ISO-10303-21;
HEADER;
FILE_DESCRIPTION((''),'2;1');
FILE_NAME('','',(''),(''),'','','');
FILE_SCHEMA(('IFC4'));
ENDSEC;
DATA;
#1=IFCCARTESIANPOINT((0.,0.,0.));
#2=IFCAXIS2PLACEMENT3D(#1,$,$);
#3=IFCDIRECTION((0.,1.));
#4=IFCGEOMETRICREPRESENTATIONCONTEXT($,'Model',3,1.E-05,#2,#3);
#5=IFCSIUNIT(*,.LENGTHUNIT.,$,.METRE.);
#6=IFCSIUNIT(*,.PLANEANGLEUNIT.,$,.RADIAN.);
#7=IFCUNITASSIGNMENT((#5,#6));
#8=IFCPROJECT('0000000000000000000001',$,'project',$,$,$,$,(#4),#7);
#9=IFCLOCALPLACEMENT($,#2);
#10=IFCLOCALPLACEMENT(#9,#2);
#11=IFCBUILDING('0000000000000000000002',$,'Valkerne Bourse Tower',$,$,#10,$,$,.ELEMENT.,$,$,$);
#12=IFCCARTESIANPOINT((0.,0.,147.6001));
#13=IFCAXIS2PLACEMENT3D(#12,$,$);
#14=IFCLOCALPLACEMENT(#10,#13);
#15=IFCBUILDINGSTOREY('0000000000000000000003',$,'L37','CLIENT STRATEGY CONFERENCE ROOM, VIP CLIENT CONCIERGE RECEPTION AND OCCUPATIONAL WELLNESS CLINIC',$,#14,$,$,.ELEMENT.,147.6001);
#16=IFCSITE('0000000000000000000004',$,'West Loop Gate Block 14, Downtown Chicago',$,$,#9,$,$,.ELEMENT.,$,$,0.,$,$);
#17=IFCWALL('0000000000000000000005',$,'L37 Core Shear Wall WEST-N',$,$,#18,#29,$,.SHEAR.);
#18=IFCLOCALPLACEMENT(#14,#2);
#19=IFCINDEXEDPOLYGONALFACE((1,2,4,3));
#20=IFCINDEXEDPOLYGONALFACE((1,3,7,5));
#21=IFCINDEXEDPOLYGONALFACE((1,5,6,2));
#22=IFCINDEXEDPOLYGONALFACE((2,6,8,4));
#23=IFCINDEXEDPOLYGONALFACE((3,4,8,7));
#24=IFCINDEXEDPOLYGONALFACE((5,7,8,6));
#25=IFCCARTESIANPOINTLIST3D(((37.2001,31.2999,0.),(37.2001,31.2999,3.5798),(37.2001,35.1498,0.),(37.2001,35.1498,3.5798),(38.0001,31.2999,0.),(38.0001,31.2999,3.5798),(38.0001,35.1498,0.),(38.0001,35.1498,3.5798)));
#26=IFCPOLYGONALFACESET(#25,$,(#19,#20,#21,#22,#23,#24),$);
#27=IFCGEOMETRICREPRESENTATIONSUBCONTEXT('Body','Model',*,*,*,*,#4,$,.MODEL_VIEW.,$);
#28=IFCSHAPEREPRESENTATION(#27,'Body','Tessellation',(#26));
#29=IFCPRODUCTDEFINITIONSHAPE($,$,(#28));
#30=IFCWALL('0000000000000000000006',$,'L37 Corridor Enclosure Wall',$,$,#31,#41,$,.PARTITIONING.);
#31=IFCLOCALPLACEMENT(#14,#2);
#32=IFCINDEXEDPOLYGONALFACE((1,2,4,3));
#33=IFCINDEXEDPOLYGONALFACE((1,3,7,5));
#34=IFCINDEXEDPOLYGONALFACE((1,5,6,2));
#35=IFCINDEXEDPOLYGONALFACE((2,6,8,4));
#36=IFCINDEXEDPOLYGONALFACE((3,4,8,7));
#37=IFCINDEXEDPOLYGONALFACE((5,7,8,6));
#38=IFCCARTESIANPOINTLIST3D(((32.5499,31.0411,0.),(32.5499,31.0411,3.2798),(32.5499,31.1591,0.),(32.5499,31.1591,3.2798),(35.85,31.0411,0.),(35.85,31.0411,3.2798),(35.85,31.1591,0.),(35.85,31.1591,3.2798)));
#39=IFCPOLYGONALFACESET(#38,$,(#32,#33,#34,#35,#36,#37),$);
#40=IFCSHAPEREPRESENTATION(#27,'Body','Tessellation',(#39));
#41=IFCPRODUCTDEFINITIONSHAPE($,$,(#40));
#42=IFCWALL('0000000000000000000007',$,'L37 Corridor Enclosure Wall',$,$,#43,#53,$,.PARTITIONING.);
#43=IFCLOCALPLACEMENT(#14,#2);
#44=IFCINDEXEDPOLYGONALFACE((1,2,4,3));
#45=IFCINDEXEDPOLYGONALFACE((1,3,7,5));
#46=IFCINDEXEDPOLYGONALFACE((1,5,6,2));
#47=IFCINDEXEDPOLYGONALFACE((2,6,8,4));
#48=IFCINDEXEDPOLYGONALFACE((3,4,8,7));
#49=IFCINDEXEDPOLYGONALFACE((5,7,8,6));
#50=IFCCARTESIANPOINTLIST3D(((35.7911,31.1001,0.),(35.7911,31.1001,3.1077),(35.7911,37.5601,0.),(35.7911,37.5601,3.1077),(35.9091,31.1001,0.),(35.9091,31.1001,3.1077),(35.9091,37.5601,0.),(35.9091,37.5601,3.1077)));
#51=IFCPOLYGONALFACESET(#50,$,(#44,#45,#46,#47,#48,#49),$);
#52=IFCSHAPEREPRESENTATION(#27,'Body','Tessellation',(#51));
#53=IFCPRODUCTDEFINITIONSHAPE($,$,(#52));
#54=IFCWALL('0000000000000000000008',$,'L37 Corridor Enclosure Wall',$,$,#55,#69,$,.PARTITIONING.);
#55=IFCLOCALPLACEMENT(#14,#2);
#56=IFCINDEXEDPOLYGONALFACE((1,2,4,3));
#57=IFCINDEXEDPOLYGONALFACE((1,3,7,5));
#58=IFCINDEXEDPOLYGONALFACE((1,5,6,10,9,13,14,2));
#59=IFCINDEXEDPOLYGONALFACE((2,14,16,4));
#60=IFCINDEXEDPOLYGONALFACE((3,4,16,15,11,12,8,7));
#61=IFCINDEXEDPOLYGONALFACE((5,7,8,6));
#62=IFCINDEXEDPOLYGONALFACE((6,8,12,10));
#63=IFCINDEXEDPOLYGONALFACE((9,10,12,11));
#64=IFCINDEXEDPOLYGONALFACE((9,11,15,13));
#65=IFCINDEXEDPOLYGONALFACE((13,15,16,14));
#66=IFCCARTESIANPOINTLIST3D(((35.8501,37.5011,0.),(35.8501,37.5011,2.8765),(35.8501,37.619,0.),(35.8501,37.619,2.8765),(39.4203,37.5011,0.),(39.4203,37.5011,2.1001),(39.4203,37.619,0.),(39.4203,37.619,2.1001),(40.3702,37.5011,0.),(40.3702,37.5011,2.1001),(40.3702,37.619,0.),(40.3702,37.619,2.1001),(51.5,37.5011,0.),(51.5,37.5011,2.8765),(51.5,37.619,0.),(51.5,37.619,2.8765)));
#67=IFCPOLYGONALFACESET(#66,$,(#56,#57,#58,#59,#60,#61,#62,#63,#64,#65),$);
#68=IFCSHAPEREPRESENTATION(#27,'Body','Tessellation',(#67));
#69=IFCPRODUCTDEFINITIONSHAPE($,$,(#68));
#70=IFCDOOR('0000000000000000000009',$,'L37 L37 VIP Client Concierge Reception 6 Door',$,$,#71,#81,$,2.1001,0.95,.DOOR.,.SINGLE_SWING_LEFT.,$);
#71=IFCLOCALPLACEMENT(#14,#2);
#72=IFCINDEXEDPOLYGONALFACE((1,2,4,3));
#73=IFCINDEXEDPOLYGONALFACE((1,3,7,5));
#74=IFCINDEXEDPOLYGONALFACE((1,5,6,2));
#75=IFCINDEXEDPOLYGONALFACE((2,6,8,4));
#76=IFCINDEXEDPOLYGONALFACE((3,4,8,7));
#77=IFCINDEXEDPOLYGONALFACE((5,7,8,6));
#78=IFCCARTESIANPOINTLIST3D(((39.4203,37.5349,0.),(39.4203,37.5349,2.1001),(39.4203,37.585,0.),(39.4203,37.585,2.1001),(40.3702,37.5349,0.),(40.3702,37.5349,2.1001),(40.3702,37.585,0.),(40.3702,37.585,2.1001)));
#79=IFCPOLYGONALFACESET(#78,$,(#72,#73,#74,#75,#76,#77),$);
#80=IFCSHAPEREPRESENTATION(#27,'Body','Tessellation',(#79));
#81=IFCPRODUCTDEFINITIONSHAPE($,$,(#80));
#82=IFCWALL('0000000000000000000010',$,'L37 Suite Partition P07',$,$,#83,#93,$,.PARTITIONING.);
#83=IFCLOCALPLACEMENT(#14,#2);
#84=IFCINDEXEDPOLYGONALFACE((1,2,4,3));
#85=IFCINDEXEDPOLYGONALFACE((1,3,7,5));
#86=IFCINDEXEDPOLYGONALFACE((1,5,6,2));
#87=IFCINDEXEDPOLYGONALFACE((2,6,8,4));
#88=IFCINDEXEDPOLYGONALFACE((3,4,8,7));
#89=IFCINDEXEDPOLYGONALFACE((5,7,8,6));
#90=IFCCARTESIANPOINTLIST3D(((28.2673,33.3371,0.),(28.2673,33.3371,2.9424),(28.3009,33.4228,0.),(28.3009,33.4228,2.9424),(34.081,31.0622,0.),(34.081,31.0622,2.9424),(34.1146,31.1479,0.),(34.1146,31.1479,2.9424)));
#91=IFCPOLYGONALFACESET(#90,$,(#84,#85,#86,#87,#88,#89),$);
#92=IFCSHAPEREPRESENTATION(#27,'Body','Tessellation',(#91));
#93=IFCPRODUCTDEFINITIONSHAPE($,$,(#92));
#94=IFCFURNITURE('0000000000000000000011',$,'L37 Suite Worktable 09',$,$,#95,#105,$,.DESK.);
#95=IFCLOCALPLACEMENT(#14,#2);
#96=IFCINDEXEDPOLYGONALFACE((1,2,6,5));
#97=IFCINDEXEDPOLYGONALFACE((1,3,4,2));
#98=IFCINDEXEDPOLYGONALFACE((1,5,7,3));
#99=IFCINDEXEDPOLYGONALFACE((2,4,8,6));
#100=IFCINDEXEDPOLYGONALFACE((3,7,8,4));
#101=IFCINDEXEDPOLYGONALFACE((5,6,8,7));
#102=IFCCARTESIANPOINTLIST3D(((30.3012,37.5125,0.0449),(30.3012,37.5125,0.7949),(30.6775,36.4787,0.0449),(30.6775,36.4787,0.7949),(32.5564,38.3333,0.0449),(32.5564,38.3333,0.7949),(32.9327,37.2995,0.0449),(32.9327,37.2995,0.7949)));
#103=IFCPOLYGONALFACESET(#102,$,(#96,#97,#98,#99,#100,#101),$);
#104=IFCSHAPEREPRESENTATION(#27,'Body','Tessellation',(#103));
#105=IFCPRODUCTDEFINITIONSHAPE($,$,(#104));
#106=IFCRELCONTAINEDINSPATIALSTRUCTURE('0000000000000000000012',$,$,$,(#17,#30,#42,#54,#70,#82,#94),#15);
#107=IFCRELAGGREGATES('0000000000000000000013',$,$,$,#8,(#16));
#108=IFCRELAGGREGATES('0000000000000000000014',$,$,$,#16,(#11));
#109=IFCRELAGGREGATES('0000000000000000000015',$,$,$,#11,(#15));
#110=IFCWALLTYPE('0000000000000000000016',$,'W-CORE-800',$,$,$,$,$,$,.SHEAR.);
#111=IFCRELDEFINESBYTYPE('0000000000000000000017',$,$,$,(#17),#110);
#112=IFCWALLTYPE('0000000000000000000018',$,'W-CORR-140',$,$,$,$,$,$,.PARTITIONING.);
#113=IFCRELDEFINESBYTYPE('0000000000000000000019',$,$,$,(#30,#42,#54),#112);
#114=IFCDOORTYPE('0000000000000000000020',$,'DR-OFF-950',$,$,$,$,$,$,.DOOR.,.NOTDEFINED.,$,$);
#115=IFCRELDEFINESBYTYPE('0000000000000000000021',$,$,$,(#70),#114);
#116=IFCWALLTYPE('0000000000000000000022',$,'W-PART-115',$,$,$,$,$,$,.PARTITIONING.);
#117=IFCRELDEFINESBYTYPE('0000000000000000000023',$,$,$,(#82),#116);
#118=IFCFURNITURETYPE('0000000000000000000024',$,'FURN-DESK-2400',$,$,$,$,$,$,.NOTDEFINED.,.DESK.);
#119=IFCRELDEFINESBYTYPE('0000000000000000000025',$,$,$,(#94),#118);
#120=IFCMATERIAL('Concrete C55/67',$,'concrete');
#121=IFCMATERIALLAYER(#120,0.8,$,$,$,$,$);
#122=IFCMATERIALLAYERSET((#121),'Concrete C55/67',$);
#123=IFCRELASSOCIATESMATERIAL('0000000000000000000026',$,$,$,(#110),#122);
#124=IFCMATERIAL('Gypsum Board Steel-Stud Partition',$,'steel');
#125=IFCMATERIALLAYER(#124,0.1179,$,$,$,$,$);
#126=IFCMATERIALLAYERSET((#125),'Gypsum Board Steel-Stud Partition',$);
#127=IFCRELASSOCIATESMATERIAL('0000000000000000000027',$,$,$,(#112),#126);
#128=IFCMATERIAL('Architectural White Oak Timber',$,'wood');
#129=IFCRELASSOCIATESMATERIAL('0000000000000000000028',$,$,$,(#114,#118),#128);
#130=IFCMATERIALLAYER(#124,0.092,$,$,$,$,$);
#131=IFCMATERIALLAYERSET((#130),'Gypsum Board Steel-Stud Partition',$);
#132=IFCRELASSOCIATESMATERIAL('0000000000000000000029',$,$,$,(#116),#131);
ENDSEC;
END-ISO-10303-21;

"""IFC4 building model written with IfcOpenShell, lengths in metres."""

from ifc_helpers import new_model, si_unit, direction, frame, frame_2d, origin, origin_2d, place, context, subcontext, project, spatial, rectangle, extrude, material, layer, layer_set, type_object, element, fill, save


model = new_model("IFC4")

# Units and contexts
model_context = context("Model", 3, precision=1e-05, world=origin(), true_north=direction((0.0, 1.0)))
body_context = subcontext(model_context, "Body", "Model", "MODEL_VIEW")
ifc_project = project(units=[si_unit("LENGTHUNIT", "METRE"), si_unit("PLANEANGLEUNIT", "RADIAN")], contexts=[model_context])

# Site, building, storey
site_placement = place(None, origin())
site = spatial("IfcSite", under=ifc_project, at=site_placement, Name="West Loop Gate Block 14, Downtown Chicago", CompositionType="ELEMENT", RefElevation=0.0)
building_placement = place(site_placement, origin())
building = spatial("IfcBuilding", under=site, at=building_placement, Name="Valkerne Bourse Tower", CompositionType="ELEMENT")
storey_placement = place(building_placement, frame((0.0, 0.0, 147.6001)))
storey = spatial("IfcBuildingStorey", under=building, at=storey_placement, Name="L37", Description="CLIENT STRATEGY CONFERENCE ROOM, VIP CLIENT CONCIERGE RECEPTION AND OCCUPATIONAL WELLNESS CLINIC", CompositionType="ELEMENT", Elevation=147.6001)

# Shared definitions
ifc_material_1 = material(Name="Concrete C55/67", Category="concrete")
ifc_layer_1 = layer(ifc_material_1, 0.8)
ifc_layer_set_1 = layer_set([ifc_layer_1], Name="Concrete C55/67")
wall_type_1 = type_object("IfcWallType", Name="W-CORE-800", PredefinedType="SHEAR", material=ifc_layer_set_1)

# Walls
wall_1_placement = place(storey_placement, frame((37.6001, 31.3, 0.0), z_axis=(0.0, 0.0, 1.0), x_axis=(0.0, 1.0, 0.0)))
element("IfcWall", 1, at=wall_1_placement, inside=storey, type_object=wall_type_1, Name="L37 Core Shear Wall WEST-N", PredefinedType="SHEAR", context=body_context, shape_type="SweptSolid", body=[
    extrude(rectangle(XDim=3.8499, YDim=0.8, at=frame_2d((1.9248, 0.0))), origin(), (0.0, 0.0, 1.0), 3.5798),
])
ifc_material_2 = material(Name="Gypsum Board Steel-Stud Partition", Category="steel")
ifc_layer_2 = layer(ifc_material_2, 0.1179)
ifc_layer_set_2 = layer_set([ifc_layer_2], Name="Gypsum Board Steel-Stud Partition")
wall_type_2 = type_object("IfcWallType", Name="W-CORR-140", PredefinedType="PARTITIONING", material=ifc_layer_set_2)
wall_2_placement = place(storey_placement, frame((32.55, 31.1001, 0.0), z_axis=(0.0, 0.0, 1.0), x_axis=(1.0, 0.0, 0.0)))
element("IfcWall", 2, at=wall_2_placement, inside=storey, type_object=wall_type_2, Name="L37 Corridor Enclosure Wall", PredefinedType="PARTITIONING", context=body_context, shape_type="SweptSolid", body=[
    extrude(rectangle(XDim=3.3, YDim=0.1179, at=frame_2d((1.6499, 0.0))), origin(), (0.0, 0.0, 1.0), 3.2798),
])
wall_3_placement = place(storey_placement, frame((35.8501, 31.1001, 0.0), z_axis=(0.0, 0.0, 1.0), x_axis=(0.0, 1.0, 0.0)))
element("IfcWall", 3, at=wall_3_placement, inside=storey, type_object=wall_type_2, Name="L37 Corridor Enclosure Wall", PredefinedType="PARTITIONING", context=body_context, shape_type="SweptSolid", body=[
    extrude(rectangle(XDim=6.46, YDim=0.1179, at=frame_2d((3.23, 0.0))), origin(), (0.0, 0.0, 1.0), 3.1077),
])

# Wall, opening, door
wall_4_placement = place(storey_placement, frame((35.8501, 37.5601, 0.0), z_axis=(0.0, 0.0, 1.0), x_axis=(1.0, 0.0, 0.0)))
wall_4 = element("IfcWall", 4, at=wall_4_placement, inside=storey, type_object=wall_type_2, Name="L37 Corridor Enclosure Wall", PredefinedType="PARTITIONING", context=body_context, shape_type="SweptSolid", body=[
    extrude(rectangle(XDim=15.6499, YDim=0.1179, at=frame_2d((7.825, 0.0))), origin(), (0.0, 0.0, 1.0), 2.8765),
])
opening_1_placement = place(wall_4_placement, frame((3.5701, 0.0, 0.0)))
opening_1 = element("IfcOpeningElement", 5, at=opening_1_placement, cuts=wall_4, PredefinedType="OPENING", context=body_context, shape_type="SweptSolid", body=[
    extrude(rectangle(XDim=0.95, YDim=2.1001, at=frame_2d((0.4751, 1.05))), frame((0.0, 0.0688, 0.0), z_axis=(0.0, -1.0, 0.0), x_axis=(1.0, 0.0, 0.0)), (0.0, 0.0, 1.0), 0.1379),
])
ifc_material_3 = material(Name="Architectural White Oak Timber", Category="wood")
door_type_1 = type_object("IfcDoorType", Name="DR-OFF-950", OperationType="NOTDEFINED", PredefinedType="DOOR", material=ifc_material_3)
door_1_placement = place(opening_1_placement, origin())
door_1 = element("IfcDoor", 6, at=door_1_placement, inside=storey, type_object=door_type_1, Name="L37 L37 VIP Client Concierge Reception 6 Door", OperationType="SINGLE_SWING_LEFT", OverallHeight=2.1001, OverallWidth=0.95, PredefinedType="DOOR", context=body_context, shape_type="SweptSolid", body=[
    extrude(rectangle(XDim=0.95, YDim=2.1001, at=frame_2d((0.4751, 1.05))), frame((0.0, 0.0249, 0.0), z_axis=(0.0, -1.0, 0.0), x_axis=(1.0, 0.0, 0.0)), (0.0, 0.0, 1.0), 0.05),
])
fill(opening_1, door_1)

# Wall
ifc_layer_3 = layer(ifc_material_2, 0.092)
ifc_layer_set_3 = layer_set([ifc_layer_3], Name="Gypsum Board Steel-Stud Partition")
wall_type_3 = type_object("IfcWallType", Name="W-PART-115", PredefinedType="PARTITIONING", material=ifc_layer_set_3)
wall_5_placement = place(storey_placement, frame((34.0979, 31.105, 0.0), z_axis=(0.0, 0.0, 1.0), x_axis=(-0.931245, 0.364395, 0.0)))
element("IfcWall", 7, at=wall_5_placement, inside=storey, type_object=wall_type_3, Name="L37 Suite Partition P07", PredefinedType="PARTITIONING", context=body_context, shape_type="SweptSolid", body=[
    extrude(rectangle(XDim=6.2429, YDim=0.092, at=frame_2d((3.1216, 0.0))), origin(), (0.0, 0.0, 1.0), 2.9424),
])

# Furniture
furniture_type = type_object("IfcFurnitureType", Name="FURN-DESK-2400", AssemblyPlace="NOTDEFINED", PredefinedType="DESK", material=ifc_material_3)
furniture_placement = place(storey_placement, frame((31.6169, 37.406, 0.0449), z_axis=(0.0, 0.0, 1.0), x_axis=(0.939693, 0.34202, 0.0)))
element("IfcFurniture", 8, at=furniture_placement, inside=storey, type_object=furniture_type, Name="L37 Suite Worktable 09", PredefinedType="DESK", context=body_context, shape_type="SweptSolid", body=[
    extrude(rectangle(XDim=2.3999, YDim=1.1001, at=origin_2d()), origin(), (0.0, 0.0, 1.0), 0.75),
])

save(model, "model.ifc")
